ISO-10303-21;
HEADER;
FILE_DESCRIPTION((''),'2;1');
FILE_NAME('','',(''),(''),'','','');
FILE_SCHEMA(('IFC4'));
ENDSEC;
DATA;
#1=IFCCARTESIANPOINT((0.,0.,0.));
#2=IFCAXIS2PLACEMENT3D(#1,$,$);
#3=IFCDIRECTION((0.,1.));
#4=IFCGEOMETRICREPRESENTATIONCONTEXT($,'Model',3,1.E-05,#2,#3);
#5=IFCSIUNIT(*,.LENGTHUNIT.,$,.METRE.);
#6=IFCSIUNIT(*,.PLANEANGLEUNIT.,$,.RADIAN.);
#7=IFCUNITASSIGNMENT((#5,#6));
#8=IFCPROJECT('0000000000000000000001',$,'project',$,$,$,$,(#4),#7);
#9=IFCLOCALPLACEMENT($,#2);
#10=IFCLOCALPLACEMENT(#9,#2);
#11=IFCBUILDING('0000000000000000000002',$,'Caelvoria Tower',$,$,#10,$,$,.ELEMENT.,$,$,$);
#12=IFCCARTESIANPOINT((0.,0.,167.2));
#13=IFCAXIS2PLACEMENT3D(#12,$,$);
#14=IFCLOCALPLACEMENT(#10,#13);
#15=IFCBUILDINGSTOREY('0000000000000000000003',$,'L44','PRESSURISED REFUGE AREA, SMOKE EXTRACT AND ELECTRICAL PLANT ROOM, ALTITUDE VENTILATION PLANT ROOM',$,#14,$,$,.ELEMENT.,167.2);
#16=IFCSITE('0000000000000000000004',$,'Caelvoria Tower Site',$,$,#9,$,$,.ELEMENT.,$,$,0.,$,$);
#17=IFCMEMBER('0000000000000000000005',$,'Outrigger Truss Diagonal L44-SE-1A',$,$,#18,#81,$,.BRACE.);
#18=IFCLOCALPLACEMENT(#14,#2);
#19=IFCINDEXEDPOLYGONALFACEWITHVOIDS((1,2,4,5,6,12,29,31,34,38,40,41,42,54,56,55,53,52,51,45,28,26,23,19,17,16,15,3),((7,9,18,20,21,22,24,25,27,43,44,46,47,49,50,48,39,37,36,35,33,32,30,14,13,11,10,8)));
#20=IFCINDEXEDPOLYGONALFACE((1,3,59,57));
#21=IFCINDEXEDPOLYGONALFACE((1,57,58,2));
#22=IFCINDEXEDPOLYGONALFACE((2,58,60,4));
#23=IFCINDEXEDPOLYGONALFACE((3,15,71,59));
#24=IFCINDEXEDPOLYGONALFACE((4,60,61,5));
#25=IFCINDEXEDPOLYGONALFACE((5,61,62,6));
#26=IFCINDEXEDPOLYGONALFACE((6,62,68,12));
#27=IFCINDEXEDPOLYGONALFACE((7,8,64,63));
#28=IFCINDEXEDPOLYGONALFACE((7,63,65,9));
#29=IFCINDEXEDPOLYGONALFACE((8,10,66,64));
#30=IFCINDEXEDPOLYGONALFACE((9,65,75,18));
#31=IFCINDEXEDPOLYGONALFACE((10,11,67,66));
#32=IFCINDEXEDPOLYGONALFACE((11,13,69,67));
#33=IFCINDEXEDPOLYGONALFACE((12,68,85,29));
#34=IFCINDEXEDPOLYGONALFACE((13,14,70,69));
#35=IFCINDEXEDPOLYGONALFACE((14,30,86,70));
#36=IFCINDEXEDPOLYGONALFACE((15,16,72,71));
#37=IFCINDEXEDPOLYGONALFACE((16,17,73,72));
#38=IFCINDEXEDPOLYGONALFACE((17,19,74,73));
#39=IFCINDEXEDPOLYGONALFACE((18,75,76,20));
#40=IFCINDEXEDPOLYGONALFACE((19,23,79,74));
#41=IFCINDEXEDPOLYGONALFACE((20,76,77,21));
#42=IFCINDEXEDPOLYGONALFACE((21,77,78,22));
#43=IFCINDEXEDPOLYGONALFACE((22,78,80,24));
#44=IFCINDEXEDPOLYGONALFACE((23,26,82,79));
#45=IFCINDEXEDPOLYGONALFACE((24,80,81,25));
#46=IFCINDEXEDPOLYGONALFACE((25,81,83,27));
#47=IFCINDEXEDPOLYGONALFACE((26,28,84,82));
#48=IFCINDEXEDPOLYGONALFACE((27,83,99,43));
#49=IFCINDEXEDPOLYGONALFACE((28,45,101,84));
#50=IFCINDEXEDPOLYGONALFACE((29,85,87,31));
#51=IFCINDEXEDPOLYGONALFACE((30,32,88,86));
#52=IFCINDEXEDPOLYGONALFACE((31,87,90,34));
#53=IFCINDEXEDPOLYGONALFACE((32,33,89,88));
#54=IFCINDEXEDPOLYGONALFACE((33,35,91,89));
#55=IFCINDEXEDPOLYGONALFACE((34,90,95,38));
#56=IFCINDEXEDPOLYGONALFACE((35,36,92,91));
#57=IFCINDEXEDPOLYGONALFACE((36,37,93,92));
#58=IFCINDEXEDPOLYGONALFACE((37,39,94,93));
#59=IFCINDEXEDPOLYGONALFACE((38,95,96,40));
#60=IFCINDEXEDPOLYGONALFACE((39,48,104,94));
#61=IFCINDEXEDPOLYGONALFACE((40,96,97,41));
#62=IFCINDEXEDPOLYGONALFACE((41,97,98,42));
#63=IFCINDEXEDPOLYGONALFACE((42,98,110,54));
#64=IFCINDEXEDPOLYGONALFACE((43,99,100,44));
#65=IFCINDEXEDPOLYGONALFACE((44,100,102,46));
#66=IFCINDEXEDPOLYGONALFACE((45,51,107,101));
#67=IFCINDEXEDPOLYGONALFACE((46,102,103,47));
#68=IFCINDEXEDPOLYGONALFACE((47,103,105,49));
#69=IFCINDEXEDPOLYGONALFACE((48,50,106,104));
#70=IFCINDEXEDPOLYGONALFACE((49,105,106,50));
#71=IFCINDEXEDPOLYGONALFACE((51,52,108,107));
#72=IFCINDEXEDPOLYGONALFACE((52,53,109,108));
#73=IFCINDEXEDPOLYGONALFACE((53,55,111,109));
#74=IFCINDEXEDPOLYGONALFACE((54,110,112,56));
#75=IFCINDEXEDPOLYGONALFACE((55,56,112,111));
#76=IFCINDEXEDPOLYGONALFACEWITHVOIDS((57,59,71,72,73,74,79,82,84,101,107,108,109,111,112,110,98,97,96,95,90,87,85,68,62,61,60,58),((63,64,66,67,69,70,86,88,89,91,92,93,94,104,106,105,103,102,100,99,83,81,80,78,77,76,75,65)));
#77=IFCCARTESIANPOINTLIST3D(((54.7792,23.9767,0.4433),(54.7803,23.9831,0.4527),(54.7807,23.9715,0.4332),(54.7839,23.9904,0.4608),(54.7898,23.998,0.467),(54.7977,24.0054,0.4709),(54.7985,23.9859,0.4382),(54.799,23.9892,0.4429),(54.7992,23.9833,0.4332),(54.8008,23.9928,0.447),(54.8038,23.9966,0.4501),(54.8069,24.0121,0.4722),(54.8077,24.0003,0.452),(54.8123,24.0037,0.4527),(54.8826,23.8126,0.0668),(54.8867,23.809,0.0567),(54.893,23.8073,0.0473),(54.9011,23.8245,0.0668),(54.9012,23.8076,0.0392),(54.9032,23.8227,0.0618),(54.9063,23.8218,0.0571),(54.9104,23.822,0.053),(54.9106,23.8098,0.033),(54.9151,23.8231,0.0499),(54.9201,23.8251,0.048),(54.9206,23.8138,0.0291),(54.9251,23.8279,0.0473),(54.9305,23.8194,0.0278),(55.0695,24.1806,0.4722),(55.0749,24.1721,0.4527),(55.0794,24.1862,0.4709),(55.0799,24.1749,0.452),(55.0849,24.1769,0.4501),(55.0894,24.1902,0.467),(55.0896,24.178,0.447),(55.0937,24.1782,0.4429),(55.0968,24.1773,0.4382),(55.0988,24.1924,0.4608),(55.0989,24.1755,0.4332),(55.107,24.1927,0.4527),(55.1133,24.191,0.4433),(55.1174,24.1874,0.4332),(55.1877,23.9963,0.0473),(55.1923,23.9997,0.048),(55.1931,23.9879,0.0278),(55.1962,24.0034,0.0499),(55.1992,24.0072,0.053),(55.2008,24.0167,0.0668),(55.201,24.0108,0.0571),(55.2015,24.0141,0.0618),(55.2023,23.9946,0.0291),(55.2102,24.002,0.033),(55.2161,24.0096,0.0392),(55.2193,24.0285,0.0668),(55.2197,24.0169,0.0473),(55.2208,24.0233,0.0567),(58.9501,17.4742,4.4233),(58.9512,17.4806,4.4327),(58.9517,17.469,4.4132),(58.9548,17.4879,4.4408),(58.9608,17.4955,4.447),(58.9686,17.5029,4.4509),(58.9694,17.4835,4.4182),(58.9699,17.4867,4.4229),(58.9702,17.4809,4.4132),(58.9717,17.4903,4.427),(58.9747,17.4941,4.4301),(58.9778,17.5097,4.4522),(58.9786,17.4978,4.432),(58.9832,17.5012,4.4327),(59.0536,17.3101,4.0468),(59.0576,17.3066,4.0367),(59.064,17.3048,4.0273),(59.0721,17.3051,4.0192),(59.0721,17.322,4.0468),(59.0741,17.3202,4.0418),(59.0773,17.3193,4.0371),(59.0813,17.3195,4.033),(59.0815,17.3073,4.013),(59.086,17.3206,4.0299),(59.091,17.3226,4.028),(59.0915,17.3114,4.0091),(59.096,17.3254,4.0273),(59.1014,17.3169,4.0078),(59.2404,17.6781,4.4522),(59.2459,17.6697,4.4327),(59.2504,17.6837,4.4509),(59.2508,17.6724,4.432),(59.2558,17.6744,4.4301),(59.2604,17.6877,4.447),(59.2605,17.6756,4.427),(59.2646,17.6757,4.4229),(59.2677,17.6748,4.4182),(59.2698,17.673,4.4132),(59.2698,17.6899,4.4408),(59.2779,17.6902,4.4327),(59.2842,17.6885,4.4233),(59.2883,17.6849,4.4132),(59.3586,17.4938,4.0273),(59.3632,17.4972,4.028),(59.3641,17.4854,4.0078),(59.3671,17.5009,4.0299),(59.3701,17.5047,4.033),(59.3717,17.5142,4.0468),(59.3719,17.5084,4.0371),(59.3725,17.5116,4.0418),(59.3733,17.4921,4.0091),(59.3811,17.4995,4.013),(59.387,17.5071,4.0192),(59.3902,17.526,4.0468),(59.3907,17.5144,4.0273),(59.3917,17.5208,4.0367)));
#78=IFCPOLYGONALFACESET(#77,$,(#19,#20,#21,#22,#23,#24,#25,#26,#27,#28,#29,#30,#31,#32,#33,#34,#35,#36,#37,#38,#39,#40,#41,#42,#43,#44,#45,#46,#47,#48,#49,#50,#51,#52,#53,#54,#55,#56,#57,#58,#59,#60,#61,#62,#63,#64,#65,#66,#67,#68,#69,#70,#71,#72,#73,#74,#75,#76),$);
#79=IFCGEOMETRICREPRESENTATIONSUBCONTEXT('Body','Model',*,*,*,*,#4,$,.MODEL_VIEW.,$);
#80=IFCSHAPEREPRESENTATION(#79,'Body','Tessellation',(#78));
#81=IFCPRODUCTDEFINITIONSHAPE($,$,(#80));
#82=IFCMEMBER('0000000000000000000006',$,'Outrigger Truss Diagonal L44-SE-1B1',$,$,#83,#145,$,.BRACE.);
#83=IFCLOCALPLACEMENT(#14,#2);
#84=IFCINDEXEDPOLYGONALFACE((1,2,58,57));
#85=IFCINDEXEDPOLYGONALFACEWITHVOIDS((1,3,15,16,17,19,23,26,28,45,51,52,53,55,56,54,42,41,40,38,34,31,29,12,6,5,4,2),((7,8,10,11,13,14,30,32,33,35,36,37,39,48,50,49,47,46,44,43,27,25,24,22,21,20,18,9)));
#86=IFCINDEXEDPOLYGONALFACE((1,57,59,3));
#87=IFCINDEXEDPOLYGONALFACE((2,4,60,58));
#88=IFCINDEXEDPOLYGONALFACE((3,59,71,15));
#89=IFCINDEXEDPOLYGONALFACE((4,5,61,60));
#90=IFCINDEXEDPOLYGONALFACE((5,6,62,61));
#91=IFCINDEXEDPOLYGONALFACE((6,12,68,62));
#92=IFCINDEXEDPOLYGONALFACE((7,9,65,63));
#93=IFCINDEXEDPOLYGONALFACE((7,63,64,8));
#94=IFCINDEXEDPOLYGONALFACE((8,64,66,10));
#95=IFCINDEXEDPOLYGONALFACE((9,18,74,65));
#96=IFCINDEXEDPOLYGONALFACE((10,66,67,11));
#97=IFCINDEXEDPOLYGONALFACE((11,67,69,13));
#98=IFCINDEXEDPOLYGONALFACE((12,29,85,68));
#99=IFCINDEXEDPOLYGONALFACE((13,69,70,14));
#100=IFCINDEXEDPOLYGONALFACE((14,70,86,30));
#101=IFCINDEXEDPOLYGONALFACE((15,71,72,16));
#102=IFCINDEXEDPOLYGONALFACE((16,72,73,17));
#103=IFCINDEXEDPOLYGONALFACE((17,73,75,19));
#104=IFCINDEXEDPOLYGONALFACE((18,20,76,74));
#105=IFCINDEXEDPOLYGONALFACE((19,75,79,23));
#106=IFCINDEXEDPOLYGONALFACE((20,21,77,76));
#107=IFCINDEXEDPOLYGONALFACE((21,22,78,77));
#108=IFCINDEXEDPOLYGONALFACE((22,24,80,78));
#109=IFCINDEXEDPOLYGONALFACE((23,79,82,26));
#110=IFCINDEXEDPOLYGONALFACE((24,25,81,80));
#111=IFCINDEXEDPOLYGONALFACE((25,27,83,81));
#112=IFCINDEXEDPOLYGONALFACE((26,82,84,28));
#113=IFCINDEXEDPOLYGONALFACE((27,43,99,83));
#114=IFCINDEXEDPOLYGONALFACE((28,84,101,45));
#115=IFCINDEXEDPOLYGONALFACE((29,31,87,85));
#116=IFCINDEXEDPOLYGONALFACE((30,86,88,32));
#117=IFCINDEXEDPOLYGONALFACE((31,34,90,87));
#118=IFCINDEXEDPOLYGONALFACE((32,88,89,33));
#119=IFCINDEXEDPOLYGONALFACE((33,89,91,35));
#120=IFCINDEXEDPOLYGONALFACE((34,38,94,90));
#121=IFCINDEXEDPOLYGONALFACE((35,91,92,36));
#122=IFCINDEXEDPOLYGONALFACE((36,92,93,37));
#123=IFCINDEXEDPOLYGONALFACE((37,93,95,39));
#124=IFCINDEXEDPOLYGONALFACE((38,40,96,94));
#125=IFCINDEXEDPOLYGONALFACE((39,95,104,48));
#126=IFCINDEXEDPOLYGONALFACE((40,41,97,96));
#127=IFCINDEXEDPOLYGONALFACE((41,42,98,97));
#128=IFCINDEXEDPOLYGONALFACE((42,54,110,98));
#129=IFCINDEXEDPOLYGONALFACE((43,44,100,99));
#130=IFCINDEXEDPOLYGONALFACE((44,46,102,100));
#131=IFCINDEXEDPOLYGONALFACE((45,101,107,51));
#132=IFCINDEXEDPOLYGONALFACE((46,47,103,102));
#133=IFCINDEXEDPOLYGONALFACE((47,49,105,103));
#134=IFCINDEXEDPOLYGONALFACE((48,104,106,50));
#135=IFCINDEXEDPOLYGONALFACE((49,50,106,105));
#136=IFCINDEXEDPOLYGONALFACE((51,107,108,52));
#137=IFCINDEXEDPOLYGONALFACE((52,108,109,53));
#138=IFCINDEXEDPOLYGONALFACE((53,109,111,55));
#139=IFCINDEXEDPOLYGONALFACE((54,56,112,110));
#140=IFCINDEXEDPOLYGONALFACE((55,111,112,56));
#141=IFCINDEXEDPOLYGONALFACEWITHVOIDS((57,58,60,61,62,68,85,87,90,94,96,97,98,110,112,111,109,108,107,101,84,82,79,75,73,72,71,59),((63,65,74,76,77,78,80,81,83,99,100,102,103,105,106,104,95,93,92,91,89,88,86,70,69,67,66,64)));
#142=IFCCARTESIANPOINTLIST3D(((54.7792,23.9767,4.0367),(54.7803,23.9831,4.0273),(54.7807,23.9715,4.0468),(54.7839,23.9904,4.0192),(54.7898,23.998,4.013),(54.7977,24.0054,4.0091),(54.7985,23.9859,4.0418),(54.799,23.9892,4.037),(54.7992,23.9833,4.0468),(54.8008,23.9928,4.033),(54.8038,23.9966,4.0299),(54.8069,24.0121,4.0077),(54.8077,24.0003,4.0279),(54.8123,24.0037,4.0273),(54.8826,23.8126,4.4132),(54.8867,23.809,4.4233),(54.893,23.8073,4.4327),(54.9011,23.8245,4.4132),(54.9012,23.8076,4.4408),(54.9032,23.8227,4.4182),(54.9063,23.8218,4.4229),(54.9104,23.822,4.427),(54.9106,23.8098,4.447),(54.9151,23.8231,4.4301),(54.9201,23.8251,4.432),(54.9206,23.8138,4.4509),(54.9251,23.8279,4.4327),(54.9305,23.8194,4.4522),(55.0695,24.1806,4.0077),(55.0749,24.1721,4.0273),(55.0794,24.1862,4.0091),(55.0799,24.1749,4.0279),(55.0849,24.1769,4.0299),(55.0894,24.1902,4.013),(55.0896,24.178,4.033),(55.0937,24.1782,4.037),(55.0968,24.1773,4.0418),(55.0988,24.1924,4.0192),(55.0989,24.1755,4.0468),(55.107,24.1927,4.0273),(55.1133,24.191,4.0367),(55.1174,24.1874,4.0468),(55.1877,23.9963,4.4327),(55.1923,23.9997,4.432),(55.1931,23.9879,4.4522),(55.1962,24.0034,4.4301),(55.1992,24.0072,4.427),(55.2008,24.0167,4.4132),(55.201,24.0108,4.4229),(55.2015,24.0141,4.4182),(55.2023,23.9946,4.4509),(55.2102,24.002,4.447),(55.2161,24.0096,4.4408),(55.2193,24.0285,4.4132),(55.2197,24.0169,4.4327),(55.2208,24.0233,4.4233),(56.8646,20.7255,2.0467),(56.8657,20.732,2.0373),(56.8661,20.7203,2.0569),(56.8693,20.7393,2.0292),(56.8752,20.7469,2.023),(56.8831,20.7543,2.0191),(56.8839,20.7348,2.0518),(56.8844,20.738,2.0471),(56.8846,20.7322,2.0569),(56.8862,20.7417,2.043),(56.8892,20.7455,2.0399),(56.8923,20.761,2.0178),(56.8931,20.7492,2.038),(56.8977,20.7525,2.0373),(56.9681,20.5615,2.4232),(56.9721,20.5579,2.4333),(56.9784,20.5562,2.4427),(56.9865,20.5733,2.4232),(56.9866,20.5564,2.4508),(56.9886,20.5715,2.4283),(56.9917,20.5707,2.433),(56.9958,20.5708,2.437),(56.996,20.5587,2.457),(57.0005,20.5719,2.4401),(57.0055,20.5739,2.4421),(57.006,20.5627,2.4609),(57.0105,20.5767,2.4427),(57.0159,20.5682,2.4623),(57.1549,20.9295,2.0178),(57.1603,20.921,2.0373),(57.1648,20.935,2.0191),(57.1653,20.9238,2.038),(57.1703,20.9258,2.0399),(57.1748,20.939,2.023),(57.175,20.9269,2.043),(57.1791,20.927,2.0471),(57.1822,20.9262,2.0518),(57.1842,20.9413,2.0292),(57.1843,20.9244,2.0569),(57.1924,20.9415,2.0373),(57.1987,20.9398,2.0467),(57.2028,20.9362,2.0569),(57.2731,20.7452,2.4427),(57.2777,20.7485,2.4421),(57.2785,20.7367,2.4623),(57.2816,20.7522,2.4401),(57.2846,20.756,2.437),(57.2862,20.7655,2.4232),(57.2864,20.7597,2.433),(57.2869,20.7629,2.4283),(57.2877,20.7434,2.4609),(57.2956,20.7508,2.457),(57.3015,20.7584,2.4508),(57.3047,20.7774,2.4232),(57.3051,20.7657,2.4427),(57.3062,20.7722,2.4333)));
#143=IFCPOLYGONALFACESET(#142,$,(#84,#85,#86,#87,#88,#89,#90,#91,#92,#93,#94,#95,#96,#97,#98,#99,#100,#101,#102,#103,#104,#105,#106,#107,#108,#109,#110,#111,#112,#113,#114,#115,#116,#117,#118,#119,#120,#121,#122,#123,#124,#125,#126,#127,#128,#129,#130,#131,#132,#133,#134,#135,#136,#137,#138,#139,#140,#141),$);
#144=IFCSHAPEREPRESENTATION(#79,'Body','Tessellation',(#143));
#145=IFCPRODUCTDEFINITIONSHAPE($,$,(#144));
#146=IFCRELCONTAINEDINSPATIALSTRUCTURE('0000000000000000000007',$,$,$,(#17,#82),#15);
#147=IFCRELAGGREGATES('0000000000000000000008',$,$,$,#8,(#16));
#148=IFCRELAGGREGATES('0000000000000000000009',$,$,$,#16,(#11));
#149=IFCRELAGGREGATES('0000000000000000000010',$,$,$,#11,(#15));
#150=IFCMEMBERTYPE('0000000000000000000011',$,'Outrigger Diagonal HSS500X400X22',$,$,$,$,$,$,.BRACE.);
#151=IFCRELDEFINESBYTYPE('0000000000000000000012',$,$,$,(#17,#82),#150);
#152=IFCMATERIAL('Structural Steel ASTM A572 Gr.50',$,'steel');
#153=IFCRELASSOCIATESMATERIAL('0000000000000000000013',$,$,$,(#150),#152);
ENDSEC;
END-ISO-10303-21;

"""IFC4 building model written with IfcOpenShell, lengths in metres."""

from ifc_helpers import new_model, si_unit, direction, frame, origin, origin_2d, place, context, subcontext, project, spatial, hollow_rectangle, extrude, material, material_profile, profile_set, type_object, element, save


model = new_model("IFC4")

# Units and contexts
model_context = context("Model", 3, precision=1e-05, world=origin(), true_north=direction((0.0, 1.0)))
body_context = subcontext(model_context, "Body", "Model", "MODEL_VIEW")
ifc_project = project(units=[si_unit("LENGTHUNIT", "METRE"), si_unit("PLANEANGLEUNIT", "RADIAN")], contexts=[model_context])

# Site, building, storey
site_placement = place(None, origin())
site = spatial("IfcSite", under=ifc_project, at=site_placement, Name="Caelvoria Tower Site", CompositionType="ELEMENT", RefElevation=0.0)
building_placement = place(site_placement, origin())
building = spatial("IfcBuilding", under=site, at=building_placement, Name="Caelvoria Tower", CompositionType="ELEMENT")
storey_placement = place(building_placement, frame((0.0, 0.0, 167.2)))
storey = spatial("IfcBuildingStorey", under=building, at=storey_placement, Name="L44", Description="PRESSURISED REFUGE AREA, SMOKE EXTRACT AND ELECTRICAL PLANT ROOM, ALTITUDE VENTILATION PLANT ROOM", CompositionType="ELEMENT", Elevation=167.2)

# Members
ifc_material_1 = material(Name="Structural Steel ASTM A572 Gr.50", Category="steel")
ifc_material_profile_1 = material_profile(ifc_material_1, hollow_rectangle(XDim=0.3999, YDim=0.5, WallThickness=0.022, InnerFilletRadius=0.022, OuterFilletRadius=0.0439, at=origin_2d()), Name="Structural Steel ASTM A572 Gr.50")
ifc_profile_set_1 = profile_set([ifc_material_profile_1], Name="HSS500X400X22 - Structural Steel ASTM A572 Gr.50")
member_type_1 = type_object("IfcMemberType", Name="Outrigger Diagonal HSS500X400X22", PredefinedType="BRACE", material=ifc_profile_set_1)
member_1_placement = place(storey_placement, frame((55.0, 24.0, 0.25), z_axis=(0.479958, -0.748256, 0.457989), x_axis=(0.841722, 0.539911, 0.0)))
element("IfcMember", 1, at=member_1_placement, inside=storey, type_object=member_type_1, Name="Outrigger Truss Diagonal L44-SE-1A", PredefinedType="BRACE", context=body_context, shape_type="SweptSolid", body=[
    extrude(hollow_rectangle(XDim=0.3999, YDim=0.5, WallThickness=0.022, InnerFilletRadius=0.022, OuterFilletRadius=0.0439, at=origin_2d()), origin(), (0.0, 0.0, 1.0), 8.6902),
])
for number, where, z_axis, x_axis, name in (
    (2, (55.0, 24.0, 4.23), (0.479958, -0.748256, -0.457989), (0.841722, 0.539911, 0.0), "Outrigger Truss Diagonal L44-SE-1B1"),
):
    element("IfcMember", number, at=place(storey_placement, frame(where, z_axis=z_axis, x_axis=x_axis)), inside=storey, type_object=member_type_1, Name=name, PredefinedType="BRACE", context=body_context, shape_type="SweptSolid", body=[
        extrude(hollow_rectangle(XDim=0.3999, YDim=0.5, WallThickness=0.022, InnerFilletRadius=0.022, OuterFilletRadius=0.0439, at=origin_2d()), origin(), (0.0, 0.0, 1.0), 4.345),
    ])

save(model, "model.ifc")
